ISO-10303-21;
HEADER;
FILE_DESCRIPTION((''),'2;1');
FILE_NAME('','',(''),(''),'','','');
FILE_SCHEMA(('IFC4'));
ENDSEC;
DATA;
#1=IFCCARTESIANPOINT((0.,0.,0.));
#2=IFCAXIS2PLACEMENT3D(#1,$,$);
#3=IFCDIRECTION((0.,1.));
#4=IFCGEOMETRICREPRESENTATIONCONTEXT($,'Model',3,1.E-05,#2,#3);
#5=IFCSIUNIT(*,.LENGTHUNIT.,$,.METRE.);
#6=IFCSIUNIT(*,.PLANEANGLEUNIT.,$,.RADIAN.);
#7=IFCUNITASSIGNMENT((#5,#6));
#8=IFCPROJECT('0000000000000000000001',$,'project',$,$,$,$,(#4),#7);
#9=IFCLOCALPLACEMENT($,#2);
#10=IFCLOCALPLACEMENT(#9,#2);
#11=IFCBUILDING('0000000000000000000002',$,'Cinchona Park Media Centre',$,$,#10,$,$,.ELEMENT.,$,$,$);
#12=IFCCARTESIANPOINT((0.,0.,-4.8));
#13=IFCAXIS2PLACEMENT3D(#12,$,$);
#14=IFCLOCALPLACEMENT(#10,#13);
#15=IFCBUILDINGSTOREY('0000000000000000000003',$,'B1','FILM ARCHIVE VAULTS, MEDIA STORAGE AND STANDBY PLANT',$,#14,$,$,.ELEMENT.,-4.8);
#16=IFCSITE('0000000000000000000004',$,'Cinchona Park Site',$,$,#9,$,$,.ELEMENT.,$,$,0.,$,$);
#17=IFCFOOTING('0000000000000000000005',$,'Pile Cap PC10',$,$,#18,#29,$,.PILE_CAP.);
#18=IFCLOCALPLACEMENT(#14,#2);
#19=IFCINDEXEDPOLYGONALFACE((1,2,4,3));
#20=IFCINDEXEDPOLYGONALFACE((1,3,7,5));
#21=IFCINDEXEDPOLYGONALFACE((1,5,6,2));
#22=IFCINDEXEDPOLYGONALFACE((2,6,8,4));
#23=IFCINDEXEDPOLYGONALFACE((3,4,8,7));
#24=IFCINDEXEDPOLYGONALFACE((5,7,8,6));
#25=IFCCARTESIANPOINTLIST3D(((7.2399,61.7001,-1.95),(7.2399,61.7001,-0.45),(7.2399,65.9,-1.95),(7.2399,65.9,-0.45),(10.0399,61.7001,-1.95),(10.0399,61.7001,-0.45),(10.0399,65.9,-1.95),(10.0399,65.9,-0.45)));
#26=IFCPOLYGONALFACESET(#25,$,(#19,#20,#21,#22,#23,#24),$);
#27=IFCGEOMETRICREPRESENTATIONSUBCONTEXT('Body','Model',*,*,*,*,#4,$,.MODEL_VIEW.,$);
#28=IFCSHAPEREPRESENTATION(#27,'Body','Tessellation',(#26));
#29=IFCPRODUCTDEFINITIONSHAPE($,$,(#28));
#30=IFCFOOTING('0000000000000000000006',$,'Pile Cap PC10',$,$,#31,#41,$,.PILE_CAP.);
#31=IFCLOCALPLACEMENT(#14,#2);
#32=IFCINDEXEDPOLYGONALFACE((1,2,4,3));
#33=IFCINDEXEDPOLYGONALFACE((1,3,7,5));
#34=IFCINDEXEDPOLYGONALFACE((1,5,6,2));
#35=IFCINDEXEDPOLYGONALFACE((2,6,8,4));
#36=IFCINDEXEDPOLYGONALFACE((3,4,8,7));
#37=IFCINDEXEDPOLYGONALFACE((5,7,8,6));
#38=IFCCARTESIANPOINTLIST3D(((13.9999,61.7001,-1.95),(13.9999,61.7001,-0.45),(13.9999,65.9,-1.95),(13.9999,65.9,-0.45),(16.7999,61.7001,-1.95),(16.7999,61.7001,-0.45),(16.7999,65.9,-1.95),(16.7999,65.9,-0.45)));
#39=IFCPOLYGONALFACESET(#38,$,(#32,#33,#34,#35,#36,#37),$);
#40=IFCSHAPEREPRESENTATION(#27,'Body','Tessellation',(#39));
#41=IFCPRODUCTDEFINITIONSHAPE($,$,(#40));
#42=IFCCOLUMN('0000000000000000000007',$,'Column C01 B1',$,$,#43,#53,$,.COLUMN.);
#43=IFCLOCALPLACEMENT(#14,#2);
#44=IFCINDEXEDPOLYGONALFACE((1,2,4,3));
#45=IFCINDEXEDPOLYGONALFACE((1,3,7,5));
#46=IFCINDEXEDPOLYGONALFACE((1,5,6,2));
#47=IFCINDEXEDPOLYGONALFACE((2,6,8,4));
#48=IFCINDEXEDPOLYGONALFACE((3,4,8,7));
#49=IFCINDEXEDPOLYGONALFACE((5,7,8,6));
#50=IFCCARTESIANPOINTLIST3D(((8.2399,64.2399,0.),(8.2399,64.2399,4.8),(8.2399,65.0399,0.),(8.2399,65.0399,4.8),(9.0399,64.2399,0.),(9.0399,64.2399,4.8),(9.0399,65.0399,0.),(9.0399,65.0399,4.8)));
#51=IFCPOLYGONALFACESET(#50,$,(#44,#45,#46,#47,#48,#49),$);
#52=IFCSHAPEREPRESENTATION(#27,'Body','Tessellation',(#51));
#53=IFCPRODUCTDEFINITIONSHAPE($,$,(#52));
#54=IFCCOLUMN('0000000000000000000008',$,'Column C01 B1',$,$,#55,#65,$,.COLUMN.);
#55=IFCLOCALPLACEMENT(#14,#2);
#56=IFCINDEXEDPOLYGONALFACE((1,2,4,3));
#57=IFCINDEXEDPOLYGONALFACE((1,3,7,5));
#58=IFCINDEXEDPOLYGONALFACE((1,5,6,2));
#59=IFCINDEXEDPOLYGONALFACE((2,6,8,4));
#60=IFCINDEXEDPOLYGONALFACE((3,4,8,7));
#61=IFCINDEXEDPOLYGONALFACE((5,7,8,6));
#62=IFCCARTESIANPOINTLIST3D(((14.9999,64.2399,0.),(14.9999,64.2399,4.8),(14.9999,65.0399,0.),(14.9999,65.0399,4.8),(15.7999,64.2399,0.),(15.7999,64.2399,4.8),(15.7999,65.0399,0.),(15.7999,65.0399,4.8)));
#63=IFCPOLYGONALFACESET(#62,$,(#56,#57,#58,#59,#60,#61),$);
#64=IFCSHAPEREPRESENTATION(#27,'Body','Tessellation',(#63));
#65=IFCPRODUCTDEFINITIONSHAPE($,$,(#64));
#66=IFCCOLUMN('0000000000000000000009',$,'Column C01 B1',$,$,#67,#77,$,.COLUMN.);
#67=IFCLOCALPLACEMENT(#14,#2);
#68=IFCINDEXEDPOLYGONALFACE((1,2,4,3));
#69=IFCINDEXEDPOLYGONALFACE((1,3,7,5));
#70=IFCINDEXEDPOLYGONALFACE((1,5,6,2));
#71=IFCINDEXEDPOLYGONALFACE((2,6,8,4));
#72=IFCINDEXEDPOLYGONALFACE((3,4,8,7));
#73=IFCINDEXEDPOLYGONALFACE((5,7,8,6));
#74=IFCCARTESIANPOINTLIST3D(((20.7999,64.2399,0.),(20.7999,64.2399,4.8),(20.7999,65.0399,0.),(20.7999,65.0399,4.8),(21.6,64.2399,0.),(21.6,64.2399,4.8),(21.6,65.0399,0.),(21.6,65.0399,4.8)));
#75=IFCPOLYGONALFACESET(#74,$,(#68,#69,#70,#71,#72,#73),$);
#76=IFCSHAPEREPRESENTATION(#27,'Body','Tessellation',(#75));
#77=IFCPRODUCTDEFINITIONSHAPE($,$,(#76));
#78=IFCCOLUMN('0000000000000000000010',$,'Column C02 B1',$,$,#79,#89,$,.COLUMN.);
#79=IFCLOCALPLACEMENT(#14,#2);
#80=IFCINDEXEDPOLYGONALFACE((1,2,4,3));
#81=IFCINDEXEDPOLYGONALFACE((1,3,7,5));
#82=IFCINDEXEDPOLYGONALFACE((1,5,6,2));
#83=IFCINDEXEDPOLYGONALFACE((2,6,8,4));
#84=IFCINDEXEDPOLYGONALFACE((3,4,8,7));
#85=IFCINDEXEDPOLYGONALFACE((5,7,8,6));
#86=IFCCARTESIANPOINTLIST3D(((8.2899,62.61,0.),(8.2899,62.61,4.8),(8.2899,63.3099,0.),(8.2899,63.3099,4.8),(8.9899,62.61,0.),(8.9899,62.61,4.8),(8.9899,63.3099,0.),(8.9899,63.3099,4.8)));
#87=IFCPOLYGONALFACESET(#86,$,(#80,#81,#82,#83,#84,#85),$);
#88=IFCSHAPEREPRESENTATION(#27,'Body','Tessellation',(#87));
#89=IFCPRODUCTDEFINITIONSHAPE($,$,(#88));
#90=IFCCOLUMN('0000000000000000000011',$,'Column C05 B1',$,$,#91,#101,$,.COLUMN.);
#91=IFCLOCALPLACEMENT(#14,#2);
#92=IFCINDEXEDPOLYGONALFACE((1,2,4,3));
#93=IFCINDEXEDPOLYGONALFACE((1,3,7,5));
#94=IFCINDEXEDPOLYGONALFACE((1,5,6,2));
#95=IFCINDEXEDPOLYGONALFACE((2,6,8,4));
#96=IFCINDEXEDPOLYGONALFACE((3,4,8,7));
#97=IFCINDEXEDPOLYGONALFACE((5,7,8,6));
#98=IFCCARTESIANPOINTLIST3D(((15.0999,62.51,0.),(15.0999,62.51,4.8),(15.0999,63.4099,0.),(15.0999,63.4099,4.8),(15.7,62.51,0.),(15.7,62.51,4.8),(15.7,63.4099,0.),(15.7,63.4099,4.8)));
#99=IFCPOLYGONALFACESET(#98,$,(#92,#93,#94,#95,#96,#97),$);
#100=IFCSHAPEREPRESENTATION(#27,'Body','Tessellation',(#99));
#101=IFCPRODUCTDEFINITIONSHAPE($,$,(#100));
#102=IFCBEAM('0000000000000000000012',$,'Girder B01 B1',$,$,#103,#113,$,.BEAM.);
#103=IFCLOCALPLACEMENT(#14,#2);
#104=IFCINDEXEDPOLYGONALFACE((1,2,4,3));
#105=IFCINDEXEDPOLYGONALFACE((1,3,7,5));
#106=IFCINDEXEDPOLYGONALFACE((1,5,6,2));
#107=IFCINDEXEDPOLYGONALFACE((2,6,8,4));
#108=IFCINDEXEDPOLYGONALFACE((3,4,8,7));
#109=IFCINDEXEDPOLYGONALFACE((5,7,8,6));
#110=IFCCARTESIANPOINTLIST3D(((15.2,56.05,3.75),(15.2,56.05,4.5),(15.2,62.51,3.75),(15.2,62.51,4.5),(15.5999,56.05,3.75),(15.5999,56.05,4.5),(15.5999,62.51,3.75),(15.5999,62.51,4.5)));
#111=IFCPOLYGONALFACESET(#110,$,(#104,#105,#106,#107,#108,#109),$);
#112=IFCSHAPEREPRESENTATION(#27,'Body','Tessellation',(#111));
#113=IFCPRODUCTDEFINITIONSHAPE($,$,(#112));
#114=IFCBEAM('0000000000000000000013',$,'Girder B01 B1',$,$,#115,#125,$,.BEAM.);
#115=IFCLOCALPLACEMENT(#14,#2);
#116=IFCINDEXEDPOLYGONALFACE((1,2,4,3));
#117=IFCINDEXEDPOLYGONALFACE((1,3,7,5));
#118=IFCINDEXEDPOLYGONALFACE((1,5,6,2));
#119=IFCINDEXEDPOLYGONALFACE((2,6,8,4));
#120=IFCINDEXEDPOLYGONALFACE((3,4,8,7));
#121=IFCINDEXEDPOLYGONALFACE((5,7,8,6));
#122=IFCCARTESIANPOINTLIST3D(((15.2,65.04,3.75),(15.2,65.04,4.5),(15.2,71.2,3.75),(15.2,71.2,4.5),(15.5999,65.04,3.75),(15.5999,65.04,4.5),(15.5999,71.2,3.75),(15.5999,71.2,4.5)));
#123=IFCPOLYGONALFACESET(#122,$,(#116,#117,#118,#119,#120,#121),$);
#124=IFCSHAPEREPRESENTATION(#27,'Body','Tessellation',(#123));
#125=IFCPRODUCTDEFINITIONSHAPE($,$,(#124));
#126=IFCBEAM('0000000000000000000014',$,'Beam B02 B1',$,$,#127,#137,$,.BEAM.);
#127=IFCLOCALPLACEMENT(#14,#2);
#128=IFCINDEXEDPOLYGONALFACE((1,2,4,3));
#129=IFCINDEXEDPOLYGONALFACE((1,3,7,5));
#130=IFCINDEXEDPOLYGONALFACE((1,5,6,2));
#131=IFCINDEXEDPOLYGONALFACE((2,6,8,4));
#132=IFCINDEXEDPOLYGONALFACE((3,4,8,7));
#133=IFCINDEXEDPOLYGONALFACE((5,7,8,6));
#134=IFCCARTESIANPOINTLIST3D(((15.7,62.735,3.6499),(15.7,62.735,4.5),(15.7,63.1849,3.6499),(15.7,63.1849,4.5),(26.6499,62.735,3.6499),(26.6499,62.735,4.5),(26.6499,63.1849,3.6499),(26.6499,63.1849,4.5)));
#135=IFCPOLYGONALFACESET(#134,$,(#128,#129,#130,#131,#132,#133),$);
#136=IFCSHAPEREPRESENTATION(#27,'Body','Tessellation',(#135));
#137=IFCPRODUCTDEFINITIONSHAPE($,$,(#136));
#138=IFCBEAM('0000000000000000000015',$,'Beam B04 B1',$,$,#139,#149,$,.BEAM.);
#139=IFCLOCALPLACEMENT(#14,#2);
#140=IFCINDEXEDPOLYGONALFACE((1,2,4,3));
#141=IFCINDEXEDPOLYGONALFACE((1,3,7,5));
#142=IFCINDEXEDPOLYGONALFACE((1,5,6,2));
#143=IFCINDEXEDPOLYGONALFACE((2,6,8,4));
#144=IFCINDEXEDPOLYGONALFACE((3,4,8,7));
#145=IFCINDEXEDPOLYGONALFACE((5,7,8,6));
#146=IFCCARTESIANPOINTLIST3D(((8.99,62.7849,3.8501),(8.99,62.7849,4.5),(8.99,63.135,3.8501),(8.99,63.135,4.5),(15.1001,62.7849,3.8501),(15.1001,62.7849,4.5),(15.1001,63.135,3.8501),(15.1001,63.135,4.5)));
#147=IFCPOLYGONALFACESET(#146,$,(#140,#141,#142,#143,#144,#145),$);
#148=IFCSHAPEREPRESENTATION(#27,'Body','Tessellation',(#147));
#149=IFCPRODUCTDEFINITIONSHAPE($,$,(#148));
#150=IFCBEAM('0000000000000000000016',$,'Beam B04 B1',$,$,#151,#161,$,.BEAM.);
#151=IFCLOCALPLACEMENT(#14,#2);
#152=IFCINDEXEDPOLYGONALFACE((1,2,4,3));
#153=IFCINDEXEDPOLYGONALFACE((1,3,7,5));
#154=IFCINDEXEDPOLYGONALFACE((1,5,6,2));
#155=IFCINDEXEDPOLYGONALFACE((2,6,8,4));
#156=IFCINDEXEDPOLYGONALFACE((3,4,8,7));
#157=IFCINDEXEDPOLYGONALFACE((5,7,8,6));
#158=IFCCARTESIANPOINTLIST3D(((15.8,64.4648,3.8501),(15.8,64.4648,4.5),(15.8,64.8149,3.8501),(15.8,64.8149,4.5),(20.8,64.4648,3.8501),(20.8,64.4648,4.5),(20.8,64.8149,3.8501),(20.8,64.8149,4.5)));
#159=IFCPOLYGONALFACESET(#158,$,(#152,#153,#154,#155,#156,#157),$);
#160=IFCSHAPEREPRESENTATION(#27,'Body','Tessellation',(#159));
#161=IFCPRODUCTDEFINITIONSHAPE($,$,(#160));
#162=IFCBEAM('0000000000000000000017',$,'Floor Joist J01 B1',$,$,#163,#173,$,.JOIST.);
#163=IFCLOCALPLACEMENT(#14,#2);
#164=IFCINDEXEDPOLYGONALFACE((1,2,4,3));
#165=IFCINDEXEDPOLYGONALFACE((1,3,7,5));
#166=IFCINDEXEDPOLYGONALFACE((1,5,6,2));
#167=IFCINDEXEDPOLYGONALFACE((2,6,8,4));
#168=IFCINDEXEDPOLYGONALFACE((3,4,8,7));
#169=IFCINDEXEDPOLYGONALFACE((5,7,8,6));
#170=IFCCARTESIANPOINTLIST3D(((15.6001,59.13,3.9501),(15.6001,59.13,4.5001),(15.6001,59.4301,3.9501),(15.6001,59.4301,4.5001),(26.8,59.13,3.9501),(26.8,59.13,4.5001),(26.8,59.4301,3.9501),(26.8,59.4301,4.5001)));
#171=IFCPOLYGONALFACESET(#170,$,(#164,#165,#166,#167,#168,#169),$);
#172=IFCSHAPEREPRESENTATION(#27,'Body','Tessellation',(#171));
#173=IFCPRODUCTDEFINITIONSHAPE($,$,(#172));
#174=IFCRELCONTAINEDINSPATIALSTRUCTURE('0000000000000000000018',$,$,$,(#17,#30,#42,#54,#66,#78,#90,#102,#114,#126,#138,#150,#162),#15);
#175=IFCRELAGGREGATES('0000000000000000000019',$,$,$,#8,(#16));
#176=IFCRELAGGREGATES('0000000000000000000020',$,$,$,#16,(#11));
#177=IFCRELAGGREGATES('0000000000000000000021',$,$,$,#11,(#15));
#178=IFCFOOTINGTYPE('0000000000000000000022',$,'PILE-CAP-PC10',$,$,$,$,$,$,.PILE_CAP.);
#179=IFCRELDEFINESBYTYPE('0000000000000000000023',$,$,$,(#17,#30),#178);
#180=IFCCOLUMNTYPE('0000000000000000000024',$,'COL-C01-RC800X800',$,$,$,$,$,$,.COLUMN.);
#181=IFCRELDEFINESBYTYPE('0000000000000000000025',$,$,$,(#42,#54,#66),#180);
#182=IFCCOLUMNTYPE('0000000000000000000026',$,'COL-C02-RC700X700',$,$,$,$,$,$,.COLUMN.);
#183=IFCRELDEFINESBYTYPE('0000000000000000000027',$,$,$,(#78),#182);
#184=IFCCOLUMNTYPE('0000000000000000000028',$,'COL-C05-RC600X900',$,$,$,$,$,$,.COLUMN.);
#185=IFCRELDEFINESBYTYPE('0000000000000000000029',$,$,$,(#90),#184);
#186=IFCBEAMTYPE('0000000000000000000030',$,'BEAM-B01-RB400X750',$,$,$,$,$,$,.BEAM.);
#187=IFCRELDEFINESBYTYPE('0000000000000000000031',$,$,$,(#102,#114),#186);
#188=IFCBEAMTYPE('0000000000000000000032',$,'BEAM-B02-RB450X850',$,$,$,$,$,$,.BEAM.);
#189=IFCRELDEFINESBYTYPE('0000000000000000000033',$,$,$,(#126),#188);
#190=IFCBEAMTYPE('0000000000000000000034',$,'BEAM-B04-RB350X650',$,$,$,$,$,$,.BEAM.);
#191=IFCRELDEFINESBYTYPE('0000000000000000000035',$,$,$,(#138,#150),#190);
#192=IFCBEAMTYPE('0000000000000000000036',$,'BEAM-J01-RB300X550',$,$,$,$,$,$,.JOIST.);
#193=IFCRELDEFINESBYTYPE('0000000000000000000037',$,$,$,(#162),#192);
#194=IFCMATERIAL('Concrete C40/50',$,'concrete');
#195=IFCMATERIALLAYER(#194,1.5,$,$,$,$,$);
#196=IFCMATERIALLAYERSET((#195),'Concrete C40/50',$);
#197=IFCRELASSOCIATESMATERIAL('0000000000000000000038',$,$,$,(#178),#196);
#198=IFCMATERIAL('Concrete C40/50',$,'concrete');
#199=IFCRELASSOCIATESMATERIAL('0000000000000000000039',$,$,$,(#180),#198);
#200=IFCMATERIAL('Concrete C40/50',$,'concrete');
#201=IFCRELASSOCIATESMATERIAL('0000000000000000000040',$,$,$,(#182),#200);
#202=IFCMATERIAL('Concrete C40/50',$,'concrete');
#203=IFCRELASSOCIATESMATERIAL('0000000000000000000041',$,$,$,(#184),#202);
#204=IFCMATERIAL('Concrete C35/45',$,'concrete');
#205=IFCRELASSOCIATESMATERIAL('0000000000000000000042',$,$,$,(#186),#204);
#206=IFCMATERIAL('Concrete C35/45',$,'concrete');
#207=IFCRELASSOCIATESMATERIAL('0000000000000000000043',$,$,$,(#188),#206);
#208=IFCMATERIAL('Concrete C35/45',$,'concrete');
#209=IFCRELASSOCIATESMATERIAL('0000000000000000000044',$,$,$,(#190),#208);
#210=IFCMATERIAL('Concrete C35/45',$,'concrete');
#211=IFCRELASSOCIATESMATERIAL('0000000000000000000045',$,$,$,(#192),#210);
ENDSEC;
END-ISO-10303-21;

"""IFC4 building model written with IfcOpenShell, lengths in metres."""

from ifc_helpers import new_model, si_unit, direction, frame, origin, origin_2d, place, context, subcontext, project, spatial, rectangle, extrude, material, layer, layer_set, material_profile, profile_set, type_object, element, save


model = new_model("IFC4")

# Units and contexts
model_context = context("Model", 3, precision=1e-05, world=origin(), true_north=direction((0.0, 1.0)))
body_context = subcontext(model_context, "Body", "Model", "MODEL_VIEW")
ifc_project = project(units=[si_unit("LENGTHUNIT", "METRE"), si_unit("PLANEANGLEUNIT", "RADIAN")], contexts=[model_context])

# Site, building, storey
site_placement = place(None, origin())
site = spatial("IfcSite", under=ifc_project, at=site_placement, Name="Cinchona Park Site", CompositionType="ELEMENT", RefElevation=0.0)
building_placement = place(site_placement, origin())
building = spatial("IfcBuilding", under=site, at=building_placement, Name="Cinchona Park Media Centre", CompositionType="ELEMENT")
storey_placement = place(building_placement, frame((0.0, 0.0, -4.8)))
storey = spatial("IfcBuildingStorey", under=building, at=storey_placement, Name="B1", Description="FILM ARCHIVE VAULTS, MEDIA STORAGE AND STANDBY PLANT", CompositionType="ELEMENT", Elevation=-4.8)

# Footings
ifc_material_1 = material(Name="Concrete C40/50", Category="concrete")
ifc_layer_1 = layer(ifc_material_1, 1.5)
ifc_layer_set_1 = layer_set([ifc_layer_1], Name="Concrete C40/50")
footing_type_1 = type_object("IfcFootingType", Name="PILE-CAP-PC10", PredefinedType="PILE_CAP", material=ifc_layer_set_1)
for number, where, z_axis, x_axis, name in (
    (1, (8.6399, 63.8, -1.95), (0.0, 0.0, 1.0), (1.0, 0.0, 0.0), "Pile Cap PC10"),
    (2, (15.3999, 63.8, -1.95), (0.0, 0.0, 1.0), (1.0, 0.0, 0.0), "Pile Cap PC10"),
):
    element("IfcFooting", number, at=place(storey_placement, frame(where, z_axis=z_axis, x_axis=x_axis)), inside=storey, type_object=footing_type_1, Name=name, PredefinedType="PILE_CAP", context=body_context, shape_type="SweptSolid", body=[
        extrude(rectangle(XDim=2.8, YDim=4.2, at=origin_2d()), origin(), (0.0, 0.0, 1.0), 1.5),
    ])

# Columns
ifc_material_2 = material(Name="Concrete C40/50", Category="concrete")
ifc_material_profile_1 = material_profile(ifc_material_2, rectangle(XDim=0.8, YDim=0.8, at=origin_2d()), Name="RC 800X800")
ifc_profile_set_1 = profile_set([ifc_material_profile_1], Name="Concrete C40/50")
column_type_1 = type_object("IfcColumnType", Name="COL-C01-RC800X800", PredefinedType="COLUMN", material=ifc_profile_set_1)
for number, where, z_axis, x_axis, name in (
    (3, (8.6399, 64.6399, 0.0), (0.0, 0.0, 1.0), (1.0, 0.0, 0.0), "Column C01 B1"),
    (4, (15.3999, 64.6399, 0.0), (0.0, 0.0, 1.0), (1.0, 0.0, 0.0), "Column C01 B1"),
    (5, (21.2, 64.6399, 0.0), (0.0, 0.0, 1.0), (1.0, 0.0, 0.0), "Column C01 B1"),
):
    element("IfcColumn", number, at=place(storey_placement, frame(where, z_axis=z_axis, x_axis=x_axis)), inside=storey, type_object=column_type_1, Name=name, PredefinedType="COLUMN", context=body_context, shape_type="SweptSolid", body=[
        extrude(rectangle(XDim=0.8, YDim=0.8, at=origin_2d()), origin(), (0.0, 0.0, 1.0), 4.8),
    ])
ifc_material_3 = material(Name="Concrete C40/50", Category="concrete")
ifc_material_profile_2 = material_profile(ifc_material_3, rectangle(XDim=0.7, YDim=0.7, at=origin_2d()), Name="RC 700X700")
ifc_profile_set_2 = profile_set([ifc_material_profile_2], Name="Concrete C40/50")
column_type_2 = type_object("IfcColumnType", Name="COL-C02-RC700X700", PredefinedType="COLUMN", material=ifc_profile_set_2)
column_1_placement = place(storey_placement, frame((8.6399, 62.96, 0.0), z_axis=(0.0, 0.0, 1.0), x_axis=(1.0, 0.0, 0.0)))
element("IfcColumn", 6, at=column_1_placement, inside=storey, type_object=column_type_2, Name="Column C02 B1", PredefinedType="COLUMN", context=body_context, shape_type="SweptSolid", body=[
    extrude(rectangle(XDim=0.7, YDim=0.7, at=origin_2d()), origin(), (0.0, 0.0, 1.0), 4.8),
])
ifc_material_4 = material(Name="Concrete C40/50", Category="concrete")
ifc_material_profile_3 = material_profile(ifc_material_4, rectangle(XDim=0.6001, YDim=0.8999, at=origin_2d()), Name="RC 600X900")
ifc_profile_set_3 = profile_set([ifc_material_profile_3], Name="Concrete C40/50")
column_type_3 = type_object("IfcColumnType", Name="COL-C05-RC600X900", PredefinedType="COLUMN", material=ifc_profile_set_3)
column_2_placement = place(storey_placement, frame((15.3999, 62.96, 0.0), z_axis=(0.0, 0.0, 1.0), x_axis=(1.0, 0.0, 0.0)))
element("IfcColumn", 7, at=column_2_placement, inside=storey, type_object=column_type_3, Name="Column C05 B1", PredefinedType="COLUMN", context=body_context, shape_type="SweptSolid", body=[
    extrude(rectangle(XDim=0.6001, YDim=0.8999, at=origin_2d()), origin(), (0.0, 0.0, 1.0), 4.8),
])

# Beams
ifc_material_5 = material(Name="Concrete C35/45", Category="concrete")
ifc_material_profile_4 = material_profile(ifc_material_5, rectangle(XDim=0.3999, YDim=0.75, at=origin_2d()), Name="RB 400X750")
ifc_profile_set_4 = profile_set([ifc_material_profile_4], Name="Concrete C35/45")
beam_type_1 = type_object("IfcBeamType", Name="BEAM-B01-RB400X750", PredefinedType="BEAM", material=ifc_profile_set_4)
beam_1_placement = place(storey_placement, frame((15.3999, 56.05, 4.125), z_axis=(0.0, 1.0, 0.0), x_axis=(-1.0, 0.0, 0.0)))
element("IfcBeam", 8, at=beam_1_placement, inside=storey, type_object=beam_type_1, Name="Girder B01 B1", PredefinedType="BEAM", context=body_context, shape_type="SweptSolid", body=[
    extrude(rectangle(XDim=0.3999, YDim=0.75, at=origin_2d()), origin(), (0.0, 0.0, 1.0), 6.46),
])
beam_2_placement = place(storey_placement, frame((15.3999, 65.04, 4.125), z_axis=(0.0, 1.0, 0.0), x_axis=(-1.0, 0.0, 0.0)))
element("IfcBeam", 9, at=beam_2_placement, inside=storey, type_object=beam_type_1, Name="Girder B01 B1", PredefinedType="BEAM", context=body_context, shape_type="SweptSolid", body=[
    extrude(rectangle(XDim=0.3999, YDim=0.75, at=origin_2d()), origin(), (0.0, 0.0, 1.0), 6.1599),
])
ifc_material_6 = material(Name="Concrete C35/45", Category="concrete")
ifc_material_profile_5 = material_profile(ifc_material_6, rectangle(XDim=0.45, YDim=0.8501, at=origin_2d()), Name="RB 450X850")
ifc_profile_set_5 = profile_set([ifc_material_profile_5], Name="Concrete C35/45")
beam_type_2 = type_object("IfcBeamType", Name="BEAM-B02-RB450X850", PredefinedType="BEAM", material=ifc_profile_set_5)
beam_3_placement = place(storey_placement, frame((15.7, 62.96, 4.075), z_axis=(1.0, 0.0, 0.0), x_axis=(0.0, 1.0, 0.0)))
element("IfcBeam", 10, at=beam_3_placement, inside=storey, type_object=beam_type_2, Name="Beam B02 B1", PredefinedType="BEAM", context=body_context, shape_type="SweptSolid", body=[
    extrude(rectangle(XDim=0.45, YDim=0.8501, at=origin_2d()), origin(), (0.0, 0.0, 1.0), 10.95),
])
ifc_material_7 = material(Name="Concrete C35/45", Category="concrete")
ifc_material_profile_6 = material_profile(ifc_material_7, rectangle(XDim=0.3501, YDim=0.6499, at=origin_2d()), Name="RB 350X650")
ifc_profile_set_6 = profile_set([ifc_material_profile_6], Name="Concrete C35/45")
beam_type_3 = type_object("IfcBeamType", Name="BEAM-B04-RB350X650", PredefinedType="BEAM", material=ifc_profile_set_6)
beam_4_placement = place(storey_placement, frame((8.99, 62.96, 4.175), z_axis=(1.0, 0.0, 0.0), x_axis=(0.0, 1.0, 0.0)))
element("IfcBeam", 11, at=beam_4_placement, inside=storey, type_object=beam_type_3, Name="Beam B04 B1", PredefinedType="BEAM", context=body_context, shape_type="SweptSolid", body=[
    extrude(rectangle(XDim=0.3501, YDim=0.6499, at=origin_2d()), origin(), (0.0, 0.0, 1.0), 6.1101),
])
beam_5_placement = place(storey_placement, frame((15.8, 64.6399, 4.175), z_axis=(1.0, 0.0, 0.0), x_axis=(0.0, 1.0, 0.0)))
element("IfcBeam", 12, at=beam_5_placement, inside=storey, type_object=beam_type_3, Name="Beam B04 B1", PredefinedType="BEAM", context=body_context, shape_type="SweptSolid", body=[
    extrude(rectangle(XDim=0.3501, YDim=0.6499, at=origin_2d()), origin(), (0.0, 0.0, 1.0), 5.0),
])
ifc_material_8 = material(Name="Concrete C35/45", Category="concrete")
ifc_material_profile_7 = material_profile(ifc_material_8, rectangle(XDim=0.3, YDim=0.55, at=origin_2d()), Name="RB 300X550")
ifc_profile_set_7 = profile_set([ifc_material_profile_7], Name="Concrete C35/45")
beam_type_4 = type_object("IfcBeamType", Name="BEAM-J01-RB300X550", PredefinedType="JOIST", material=ifc_profile_set_7)
beam_6_placement = place(storey_placement, frame((15.6001, 59.28, 4.2251), z_axis=(1.0, 0.0, 0.0), x_axis=(0.0, 1.0, 0.0)))
element("IfcBeam", 13, at=beam_6_placement, inside=storey, type_object=beam_type_4, Name="Floor Joist J01 B1", PredefinedType="JOIST", context=body_context, shape_type="SweptSolid", body=[
    extrude(rectangle(XDim=0.3, YDim=0.55, at=origin_2d()), origin(), (0.0, 0.0, 1.0), 11.2),
])

save(model, "model.ifc")
